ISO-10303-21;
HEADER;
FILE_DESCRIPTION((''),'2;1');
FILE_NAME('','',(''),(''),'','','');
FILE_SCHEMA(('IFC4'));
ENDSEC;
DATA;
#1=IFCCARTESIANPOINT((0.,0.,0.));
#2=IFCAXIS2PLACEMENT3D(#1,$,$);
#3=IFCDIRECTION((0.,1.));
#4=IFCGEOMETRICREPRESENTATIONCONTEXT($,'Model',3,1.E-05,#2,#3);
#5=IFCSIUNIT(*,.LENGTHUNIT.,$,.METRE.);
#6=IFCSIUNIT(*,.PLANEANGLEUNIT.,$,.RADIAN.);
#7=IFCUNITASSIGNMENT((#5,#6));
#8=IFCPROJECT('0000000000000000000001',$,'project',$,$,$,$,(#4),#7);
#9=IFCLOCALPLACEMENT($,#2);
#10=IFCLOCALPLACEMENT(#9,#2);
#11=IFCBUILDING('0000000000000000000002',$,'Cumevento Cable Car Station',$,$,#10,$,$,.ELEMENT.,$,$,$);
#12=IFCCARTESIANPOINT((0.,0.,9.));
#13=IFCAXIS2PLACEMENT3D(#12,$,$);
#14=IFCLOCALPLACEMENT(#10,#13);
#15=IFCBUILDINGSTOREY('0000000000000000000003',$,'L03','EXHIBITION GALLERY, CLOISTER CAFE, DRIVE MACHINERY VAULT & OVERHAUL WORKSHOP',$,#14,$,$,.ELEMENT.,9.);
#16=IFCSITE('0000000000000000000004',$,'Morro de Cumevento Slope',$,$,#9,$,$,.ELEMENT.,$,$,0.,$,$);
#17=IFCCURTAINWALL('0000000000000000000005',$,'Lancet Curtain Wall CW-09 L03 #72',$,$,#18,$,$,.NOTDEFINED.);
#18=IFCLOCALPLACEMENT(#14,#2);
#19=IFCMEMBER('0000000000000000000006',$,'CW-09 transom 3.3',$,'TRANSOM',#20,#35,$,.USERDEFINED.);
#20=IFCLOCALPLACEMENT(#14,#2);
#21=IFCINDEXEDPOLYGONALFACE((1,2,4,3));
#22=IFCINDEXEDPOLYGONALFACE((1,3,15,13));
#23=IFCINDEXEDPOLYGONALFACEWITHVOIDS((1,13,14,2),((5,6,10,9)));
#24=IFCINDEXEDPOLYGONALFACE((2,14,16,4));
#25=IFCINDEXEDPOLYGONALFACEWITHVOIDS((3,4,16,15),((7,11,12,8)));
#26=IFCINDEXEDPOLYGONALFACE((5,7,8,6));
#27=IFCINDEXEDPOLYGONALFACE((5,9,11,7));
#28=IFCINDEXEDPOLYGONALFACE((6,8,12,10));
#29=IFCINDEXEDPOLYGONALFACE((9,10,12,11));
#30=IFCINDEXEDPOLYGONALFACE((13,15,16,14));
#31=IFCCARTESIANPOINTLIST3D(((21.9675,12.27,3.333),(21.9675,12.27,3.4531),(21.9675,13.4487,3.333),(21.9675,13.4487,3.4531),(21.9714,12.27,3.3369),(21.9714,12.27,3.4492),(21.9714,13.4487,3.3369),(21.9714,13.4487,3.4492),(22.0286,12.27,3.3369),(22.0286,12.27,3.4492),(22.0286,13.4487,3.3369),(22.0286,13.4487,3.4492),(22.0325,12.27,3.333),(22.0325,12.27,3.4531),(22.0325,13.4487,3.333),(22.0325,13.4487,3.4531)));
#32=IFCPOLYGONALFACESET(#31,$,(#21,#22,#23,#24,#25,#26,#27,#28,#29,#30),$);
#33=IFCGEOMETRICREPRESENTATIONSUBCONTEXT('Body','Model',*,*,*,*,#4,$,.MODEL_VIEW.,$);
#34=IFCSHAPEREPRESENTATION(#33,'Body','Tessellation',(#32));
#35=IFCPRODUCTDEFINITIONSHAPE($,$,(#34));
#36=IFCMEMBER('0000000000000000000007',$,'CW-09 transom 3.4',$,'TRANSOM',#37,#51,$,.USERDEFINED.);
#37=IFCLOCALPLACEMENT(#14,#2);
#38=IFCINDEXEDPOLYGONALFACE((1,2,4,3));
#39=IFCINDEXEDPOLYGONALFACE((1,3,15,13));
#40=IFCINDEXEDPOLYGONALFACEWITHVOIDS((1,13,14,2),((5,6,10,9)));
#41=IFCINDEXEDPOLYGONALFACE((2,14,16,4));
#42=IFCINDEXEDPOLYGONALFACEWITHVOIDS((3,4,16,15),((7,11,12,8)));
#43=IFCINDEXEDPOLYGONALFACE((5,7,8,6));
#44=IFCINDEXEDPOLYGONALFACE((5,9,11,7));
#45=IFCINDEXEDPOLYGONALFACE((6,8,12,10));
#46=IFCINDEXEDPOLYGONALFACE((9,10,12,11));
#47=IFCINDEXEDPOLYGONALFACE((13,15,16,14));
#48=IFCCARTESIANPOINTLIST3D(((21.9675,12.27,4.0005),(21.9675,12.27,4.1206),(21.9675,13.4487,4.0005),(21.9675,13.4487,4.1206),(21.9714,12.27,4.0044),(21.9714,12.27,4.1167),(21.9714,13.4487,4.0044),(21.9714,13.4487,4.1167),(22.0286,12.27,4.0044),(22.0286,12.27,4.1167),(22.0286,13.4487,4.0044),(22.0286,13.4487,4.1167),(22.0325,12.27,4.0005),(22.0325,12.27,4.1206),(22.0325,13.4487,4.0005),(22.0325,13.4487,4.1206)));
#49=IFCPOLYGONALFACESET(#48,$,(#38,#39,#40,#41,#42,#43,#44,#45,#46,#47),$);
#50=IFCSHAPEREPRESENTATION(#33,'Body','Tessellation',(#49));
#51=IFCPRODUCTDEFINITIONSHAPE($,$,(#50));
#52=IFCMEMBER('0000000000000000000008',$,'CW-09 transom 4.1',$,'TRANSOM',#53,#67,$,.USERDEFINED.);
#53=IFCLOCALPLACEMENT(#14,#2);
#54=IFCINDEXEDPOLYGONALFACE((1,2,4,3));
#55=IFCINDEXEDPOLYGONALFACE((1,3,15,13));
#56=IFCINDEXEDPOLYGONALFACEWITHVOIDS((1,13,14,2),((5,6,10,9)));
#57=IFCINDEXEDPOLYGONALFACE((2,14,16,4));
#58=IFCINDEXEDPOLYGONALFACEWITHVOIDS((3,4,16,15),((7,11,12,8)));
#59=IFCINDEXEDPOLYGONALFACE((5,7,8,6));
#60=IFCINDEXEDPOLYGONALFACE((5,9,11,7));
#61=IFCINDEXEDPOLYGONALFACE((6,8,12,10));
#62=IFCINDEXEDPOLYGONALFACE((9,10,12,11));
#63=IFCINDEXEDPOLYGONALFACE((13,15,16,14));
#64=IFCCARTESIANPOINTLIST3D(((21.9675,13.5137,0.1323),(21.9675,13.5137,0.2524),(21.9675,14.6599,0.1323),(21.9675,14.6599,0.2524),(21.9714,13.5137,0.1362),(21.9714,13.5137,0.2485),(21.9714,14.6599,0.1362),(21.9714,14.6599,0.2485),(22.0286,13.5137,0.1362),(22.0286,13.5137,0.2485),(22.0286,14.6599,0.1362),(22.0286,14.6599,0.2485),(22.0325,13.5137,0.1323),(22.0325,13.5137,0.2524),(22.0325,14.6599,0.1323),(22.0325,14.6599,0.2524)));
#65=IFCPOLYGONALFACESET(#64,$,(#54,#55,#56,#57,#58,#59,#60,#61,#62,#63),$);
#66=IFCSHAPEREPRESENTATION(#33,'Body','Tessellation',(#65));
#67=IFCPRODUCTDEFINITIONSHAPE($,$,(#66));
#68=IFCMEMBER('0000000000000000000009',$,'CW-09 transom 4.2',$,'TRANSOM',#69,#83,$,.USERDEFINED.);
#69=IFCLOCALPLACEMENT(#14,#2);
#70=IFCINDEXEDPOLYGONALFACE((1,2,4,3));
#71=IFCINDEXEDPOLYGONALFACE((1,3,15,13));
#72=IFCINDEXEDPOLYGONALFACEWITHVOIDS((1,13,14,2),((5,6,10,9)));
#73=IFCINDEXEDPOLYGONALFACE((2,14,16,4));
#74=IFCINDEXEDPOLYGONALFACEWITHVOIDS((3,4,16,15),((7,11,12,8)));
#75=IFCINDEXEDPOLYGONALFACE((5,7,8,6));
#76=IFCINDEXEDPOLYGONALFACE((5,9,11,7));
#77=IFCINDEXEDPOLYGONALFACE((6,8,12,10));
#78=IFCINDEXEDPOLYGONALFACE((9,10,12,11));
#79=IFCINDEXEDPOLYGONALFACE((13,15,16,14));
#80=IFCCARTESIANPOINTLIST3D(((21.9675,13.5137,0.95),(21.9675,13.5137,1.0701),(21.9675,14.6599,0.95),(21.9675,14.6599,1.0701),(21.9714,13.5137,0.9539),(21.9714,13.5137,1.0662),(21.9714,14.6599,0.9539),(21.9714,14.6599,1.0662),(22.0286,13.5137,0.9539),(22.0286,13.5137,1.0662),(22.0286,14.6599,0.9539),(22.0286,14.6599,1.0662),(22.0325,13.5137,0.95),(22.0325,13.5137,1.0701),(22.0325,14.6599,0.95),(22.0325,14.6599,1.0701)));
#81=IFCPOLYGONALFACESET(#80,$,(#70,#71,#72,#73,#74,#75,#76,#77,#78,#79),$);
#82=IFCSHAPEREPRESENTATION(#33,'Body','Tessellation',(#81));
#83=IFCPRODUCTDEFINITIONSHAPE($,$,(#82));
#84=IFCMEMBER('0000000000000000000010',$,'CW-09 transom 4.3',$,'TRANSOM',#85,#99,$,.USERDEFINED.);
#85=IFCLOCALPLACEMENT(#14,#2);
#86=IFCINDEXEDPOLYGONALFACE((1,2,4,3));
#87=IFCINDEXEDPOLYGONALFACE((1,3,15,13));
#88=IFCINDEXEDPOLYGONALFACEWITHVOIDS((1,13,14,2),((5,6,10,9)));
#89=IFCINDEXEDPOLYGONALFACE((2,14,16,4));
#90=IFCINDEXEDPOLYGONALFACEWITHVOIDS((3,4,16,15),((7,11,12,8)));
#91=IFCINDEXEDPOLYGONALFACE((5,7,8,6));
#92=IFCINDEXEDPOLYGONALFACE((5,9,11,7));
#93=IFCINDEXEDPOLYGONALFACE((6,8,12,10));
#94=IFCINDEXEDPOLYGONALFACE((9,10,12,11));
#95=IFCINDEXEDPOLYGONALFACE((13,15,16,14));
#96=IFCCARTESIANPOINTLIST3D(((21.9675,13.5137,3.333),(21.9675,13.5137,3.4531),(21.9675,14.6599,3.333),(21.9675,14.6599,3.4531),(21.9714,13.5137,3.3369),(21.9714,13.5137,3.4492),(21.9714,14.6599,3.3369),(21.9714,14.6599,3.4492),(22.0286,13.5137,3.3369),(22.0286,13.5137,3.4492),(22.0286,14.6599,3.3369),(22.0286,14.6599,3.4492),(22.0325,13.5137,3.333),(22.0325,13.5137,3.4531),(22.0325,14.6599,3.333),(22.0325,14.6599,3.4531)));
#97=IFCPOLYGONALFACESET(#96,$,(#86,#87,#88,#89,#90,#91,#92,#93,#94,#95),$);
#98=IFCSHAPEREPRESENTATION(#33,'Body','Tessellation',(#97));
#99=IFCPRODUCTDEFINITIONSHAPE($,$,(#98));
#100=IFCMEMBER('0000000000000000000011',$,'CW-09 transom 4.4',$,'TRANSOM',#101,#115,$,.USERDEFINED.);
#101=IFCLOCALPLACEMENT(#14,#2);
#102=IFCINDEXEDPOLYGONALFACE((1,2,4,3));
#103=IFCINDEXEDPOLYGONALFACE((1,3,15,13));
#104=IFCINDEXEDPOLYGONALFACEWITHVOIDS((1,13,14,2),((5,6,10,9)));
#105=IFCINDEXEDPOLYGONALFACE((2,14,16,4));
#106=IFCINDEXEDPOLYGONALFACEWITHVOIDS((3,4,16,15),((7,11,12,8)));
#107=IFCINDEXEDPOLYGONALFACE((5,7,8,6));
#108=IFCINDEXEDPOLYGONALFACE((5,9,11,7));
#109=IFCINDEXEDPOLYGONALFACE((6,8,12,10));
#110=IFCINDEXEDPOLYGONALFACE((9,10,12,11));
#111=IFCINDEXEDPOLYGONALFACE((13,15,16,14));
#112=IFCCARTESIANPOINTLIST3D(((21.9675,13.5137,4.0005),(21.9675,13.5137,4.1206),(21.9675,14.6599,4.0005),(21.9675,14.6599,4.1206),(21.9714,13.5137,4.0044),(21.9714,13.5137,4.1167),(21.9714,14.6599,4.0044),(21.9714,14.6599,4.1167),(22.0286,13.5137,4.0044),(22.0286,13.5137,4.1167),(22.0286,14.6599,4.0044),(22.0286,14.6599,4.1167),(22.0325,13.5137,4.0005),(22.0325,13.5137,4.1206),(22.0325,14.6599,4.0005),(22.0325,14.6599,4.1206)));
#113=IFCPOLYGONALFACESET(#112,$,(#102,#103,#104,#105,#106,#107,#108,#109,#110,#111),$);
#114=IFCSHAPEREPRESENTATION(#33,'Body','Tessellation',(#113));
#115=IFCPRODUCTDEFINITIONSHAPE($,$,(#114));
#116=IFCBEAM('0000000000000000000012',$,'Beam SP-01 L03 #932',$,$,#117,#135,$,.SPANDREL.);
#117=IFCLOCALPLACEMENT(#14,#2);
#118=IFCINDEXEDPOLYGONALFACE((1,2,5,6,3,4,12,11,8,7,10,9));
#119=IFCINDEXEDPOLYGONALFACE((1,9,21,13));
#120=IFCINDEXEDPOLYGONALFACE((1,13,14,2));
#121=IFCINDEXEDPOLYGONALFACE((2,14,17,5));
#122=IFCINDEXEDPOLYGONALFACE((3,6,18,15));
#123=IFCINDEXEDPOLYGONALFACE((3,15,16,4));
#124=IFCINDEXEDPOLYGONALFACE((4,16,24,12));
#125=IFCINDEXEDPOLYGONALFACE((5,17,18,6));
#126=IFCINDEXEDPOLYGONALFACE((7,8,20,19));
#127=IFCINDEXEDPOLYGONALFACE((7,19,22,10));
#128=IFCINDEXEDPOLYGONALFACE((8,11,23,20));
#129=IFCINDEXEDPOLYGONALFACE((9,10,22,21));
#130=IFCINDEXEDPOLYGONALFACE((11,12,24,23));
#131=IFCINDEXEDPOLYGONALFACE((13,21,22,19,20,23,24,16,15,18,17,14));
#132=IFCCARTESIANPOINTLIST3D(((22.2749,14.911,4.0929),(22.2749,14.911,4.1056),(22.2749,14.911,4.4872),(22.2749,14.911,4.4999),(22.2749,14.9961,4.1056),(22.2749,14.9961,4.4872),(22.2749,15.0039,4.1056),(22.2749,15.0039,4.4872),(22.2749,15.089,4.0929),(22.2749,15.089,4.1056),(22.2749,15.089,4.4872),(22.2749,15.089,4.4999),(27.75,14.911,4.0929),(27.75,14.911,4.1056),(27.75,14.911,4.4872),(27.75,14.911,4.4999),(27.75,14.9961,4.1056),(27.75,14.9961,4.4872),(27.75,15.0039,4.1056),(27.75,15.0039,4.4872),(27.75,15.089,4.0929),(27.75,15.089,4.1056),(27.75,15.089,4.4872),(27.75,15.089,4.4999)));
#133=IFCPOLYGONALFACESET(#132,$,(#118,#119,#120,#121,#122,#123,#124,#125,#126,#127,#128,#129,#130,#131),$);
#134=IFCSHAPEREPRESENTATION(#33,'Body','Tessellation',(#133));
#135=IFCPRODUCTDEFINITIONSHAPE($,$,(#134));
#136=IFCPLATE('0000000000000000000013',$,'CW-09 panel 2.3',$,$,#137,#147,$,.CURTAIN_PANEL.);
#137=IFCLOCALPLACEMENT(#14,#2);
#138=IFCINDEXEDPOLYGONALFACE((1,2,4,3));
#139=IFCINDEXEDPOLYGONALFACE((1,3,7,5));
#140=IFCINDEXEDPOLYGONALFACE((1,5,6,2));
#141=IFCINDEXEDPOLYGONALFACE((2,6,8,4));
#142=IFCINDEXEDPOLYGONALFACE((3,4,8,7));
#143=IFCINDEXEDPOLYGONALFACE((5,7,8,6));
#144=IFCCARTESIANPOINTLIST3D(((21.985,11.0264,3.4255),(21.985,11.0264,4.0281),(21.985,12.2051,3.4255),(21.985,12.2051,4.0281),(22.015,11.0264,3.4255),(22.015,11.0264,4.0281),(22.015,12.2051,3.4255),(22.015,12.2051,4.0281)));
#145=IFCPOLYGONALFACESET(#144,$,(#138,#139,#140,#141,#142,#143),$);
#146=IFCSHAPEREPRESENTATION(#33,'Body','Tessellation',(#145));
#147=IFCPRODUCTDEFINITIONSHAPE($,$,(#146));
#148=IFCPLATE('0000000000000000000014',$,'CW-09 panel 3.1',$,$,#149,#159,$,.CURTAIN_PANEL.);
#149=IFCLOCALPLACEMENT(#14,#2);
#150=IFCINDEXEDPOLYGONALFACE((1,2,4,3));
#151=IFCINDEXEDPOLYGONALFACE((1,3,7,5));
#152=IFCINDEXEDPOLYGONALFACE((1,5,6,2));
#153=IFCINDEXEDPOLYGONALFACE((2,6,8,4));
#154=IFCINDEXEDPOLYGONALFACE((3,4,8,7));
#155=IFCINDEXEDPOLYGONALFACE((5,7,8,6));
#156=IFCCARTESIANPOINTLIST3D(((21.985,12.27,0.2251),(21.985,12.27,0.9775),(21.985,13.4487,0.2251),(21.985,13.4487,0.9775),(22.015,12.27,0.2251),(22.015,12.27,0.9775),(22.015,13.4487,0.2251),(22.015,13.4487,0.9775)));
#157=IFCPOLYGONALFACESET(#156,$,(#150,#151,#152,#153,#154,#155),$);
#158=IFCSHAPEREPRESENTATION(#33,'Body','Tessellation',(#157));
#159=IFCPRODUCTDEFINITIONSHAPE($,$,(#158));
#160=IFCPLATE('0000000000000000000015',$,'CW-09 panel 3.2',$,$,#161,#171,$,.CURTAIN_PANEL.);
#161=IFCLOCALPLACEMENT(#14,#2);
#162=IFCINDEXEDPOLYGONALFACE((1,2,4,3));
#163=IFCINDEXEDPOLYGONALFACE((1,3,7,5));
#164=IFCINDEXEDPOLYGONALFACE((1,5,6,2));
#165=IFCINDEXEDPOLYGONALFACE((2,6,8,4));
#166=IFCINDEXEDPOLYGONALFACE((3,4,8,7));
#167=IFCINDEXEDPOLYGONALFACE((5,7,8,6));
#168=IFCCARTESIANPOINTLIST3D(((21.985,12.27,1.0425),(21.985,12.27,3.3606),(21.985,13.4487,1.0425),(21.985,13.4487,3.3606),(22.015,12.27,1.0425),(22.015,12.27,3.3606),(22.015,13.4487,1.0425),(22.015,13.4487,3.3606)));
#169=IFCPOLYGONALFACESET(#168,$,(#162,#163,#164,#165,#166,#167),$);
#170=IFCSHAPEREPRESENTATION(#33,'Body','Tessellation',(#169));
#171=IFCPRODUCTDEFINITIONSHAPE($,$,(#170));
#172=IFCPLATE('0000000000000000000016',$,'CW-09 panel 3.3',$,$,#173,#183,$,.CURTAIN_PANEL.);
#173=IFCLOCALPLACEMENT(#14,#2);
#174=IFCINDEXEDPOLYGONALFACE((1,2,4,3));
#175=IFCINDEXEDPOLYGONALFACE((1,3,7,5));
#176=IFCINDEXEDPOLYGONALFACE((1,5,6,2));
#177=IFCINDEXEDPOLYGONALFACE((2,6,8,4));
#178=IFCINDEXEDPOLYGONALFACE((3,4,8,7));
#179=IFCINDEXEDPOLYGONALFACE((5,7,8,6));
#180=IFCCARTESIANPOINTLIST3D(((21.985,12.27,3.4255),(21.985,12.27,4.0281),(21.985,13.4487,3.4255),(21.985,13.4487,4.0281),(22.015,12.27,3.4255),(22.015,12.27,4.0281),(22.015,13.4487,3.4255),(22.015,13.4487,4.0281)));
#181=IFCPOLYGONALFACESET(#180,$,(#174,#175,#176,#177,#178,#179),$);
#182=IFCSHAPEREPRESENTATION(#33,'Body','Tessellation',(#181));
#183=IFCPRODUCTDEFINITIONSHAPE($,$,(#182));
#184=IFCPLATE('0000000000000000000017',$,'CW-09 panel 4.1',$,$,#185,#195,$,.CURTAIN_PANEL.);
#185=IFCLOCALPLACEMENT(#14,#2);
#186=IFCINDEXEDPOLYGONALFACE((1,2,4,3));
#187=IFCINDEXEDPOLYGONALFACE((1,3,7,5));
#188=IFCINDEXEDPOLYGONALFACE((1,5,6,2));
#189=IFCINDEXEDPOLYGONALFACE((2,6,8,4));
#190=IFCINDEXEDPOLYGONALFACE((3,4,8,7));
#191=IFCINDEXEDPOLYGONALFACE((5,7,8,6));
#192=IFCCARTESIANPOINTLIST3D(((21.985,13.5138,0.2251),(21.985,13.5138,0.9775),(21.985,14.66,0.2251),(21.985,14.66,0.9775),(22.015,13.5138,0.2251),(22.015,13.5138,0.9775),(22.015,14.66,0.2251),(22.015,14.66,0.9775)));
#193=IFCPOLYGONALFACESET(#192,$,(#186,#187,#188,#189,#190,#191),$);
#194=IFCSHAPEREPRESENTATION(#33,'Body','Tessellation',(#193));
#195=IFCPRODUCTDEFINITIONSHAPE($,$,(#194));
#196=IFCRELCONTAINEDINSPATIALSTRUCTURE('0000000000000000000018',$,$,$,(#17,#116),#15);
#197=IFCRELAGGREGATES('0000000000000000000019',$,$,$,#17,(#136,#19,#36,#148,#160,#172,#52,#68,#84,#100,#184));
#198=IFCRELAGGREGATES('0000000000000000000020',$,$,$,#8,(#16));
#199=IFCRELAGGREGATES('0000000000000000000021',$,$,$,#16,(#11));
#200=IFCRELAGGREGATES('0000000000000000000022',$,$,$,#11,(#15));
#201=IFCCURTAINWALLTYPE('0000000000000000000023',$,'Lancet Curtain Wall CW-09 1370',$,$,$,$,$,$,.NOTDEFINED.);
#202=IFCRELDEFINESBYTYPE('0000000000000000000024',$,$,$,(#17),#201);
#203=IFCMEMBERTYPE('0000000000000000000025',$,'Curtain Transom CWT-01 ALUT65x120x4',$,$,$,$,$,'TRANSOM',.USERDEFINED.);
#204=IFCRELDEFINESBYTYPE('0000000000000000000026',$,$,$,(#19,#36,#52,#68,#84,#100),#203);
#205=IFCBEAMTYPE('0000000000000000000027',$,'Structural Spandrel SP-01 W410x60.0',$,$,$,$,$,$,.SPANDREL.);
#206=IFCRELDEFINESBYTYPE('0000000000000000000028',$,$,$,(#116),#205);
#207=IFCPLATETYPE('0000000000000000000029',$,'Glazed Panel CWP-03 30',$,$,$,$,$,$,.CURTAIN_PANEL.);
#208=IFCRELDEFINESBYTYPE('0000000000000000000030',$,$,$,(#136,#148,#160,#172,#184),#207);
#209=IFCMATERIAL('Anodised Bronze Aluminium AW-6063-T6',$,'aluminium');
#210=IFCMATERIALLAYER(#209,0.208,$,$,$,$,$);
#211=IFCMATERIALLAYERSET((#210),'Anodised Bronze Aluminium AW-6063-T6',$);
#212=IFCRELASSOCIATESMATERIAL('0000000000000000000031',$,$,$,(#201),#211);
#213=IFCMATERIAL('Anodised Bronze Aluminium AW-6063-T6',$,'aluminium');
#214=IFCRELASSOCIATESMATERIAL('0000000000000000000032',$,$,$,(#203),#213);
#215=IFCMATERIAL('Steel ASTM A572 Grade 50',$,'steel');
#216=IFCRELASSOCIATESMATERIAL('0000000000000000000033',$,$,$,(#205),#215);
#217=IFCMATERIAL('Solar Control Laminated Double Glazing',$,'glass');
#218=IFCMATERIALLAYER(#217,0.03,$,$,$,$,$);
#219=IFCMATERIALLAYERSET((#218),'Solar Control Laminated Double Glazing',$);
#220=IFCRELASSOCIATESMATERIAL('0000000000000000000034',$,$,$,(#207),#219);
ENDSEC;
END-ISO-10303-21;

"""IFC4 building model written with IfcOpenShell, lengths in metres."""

from ifc_helpers import new_model, si_unit, direction, frame, origin, origin_2d, place, context, subcontext, project, spatial, rectangle, hollow_rectangle, i_section, extrude, material, layer, layer_set, material_profile, profile_set, type_object, element, aggregate, save


model = new_model("IFC4")

# Units and contexts
model_context = context("Model", 3, precision=1e-05, world=origin(), true_north=direction((0.0, 1.0)))
body_context = subcontext(model_context, "Body", "Model", "MODEL_VIEW")
ifc_project = project(units=[si_unit("LENGTHUNIT", "METRE"), si_unit("PLANEANGLEUNIT", "RADIAN")], contexts=[model_context])

# Site, building, storey
site_placement = place(None, origin())
site = spatial("IfcSite", under=ifc_project, at=site_placement, Name="Morro de Cumevento Slope", CompositionType="ELEMENT", RefElevation=0.0)
building_placement = place(site_placement, origin())
building = spatial("IfcBuilding", under=site, at=building_placement, Name="Cumevento Cable Car Station", CompositionType="ELEMENT")
storey_placement = place(building_placement, frame((0.0, 0.0, 9.0)))
storey = spatial("IfcBuildingStorey", under=building, at=storey_placement, Name="L03", Description="EXHIBITION GALLERY, CLOISTER CAFE, DRIVE MACHINERY VAULT & OVERHAUL WORKSHOP", CompositionType="ELEMENT", Elevation=9.0)

# Curtain wall
ifc_material_1 = material(Name="Anodised Bronze Aluminium AW-6063-T6", Category="aluminium")
ifc_layer_1 = layer(ifc_material_1, 0.208)
ifc_layer_set_1 = layer_set([ifc_layer_1], Name="Anodised Bronze Aluminium AW-6063-T6")
curtain_wall_type_1 = type_object("IfcCurtainWallType", Name="Lancet Curtain Wall CW-09 1370", PredefinedType="NOTDEFINED", material=ifc_layer_set_1)
curtain_wall_1_placement = place(storey_placement, origin())
curtain_wall_1 = element("IfcCurtainWall", 1, at=curtain_wall_1_placement, inside=storey, type_object=curtain_wall_type_1, Name="Lancet Curtain Wall CW-09 L03 #72", PredefinedType="NOTDEFINED")

# Members
ifc_material_2 = material(Name="Anodised Bronze Aluminium AW-6063-T6", Category="aluminium")
ifc_material_profile_1 = material_profile(ifc_material_2, hollow_rectangle(XDim=0.0649, YDim=0.1201, WallThickness=0.0039, at=origin_2d()), Name="ALUT65x120x4")
ifc_profile_set_1 = profile_set([ifc_material_profile_1], Name="Anodised Bronze Aluminium AW-6063-T6")
member_type_1 = type_object("IfcMemberType", Name="Curtain Transom CWT-01 ALUT65x120x4", ElementType="TRANSOM", PredefinedType="USERDEFINED", material=ifc_profile_set_1)
member_1_placement = place(storey_placement, frame((22.0, 12.27, 3.3931), z_axis=(0.0, 1.0, 0.0), x_axis=(-1.0, 0.0, 0.0)))
member_1 = element("IfcMember", 2, at=member_1_placement, type_object=member_type_1, Name="CW-09 transom 3.3", ObjectType="TRANSOM", PredefinedType="USERDEFINED", context=body_context, shape_type="SweptSolid", body=[
    extrude(hollow_rectangle(XDim=0.0649, YDim=0.1201, WallThickness=0.0039, at=origin_2d()), origin(), (0.0, 0.0, 1.0), 1.1787),
])
member_2_placement = place(storey_placement, frame((22.0, 12.27, 4.0605), z_axis=(0.0, 1.0, 0.0), x_axis=(-1.0, 0.0, 0.0)))
member_2 = element("IfcMember", 3, at=member_2_placement, type_object=member_type_1, Name="CW-09 transom 3.4", ObjectType="TRANSOM", PredefinedType="USERDEFINED", context=body_context, shape_type="SweptSolid", body=[
    extrude(hollow_rectangle(XDim=0.0649, YDim=0.1201, WallThickness=0.0039, at=origin_2d()), origin(), (0.0, 0.0, 1.0), 1.1787),
])
member_3_placement = place(storey_placement, frame((22.0, 13.5137, 0.1924), z_axis=(0.0, 1.0, 0.0), x_axis=(-1.0, 0.0, 0.0)))
member_3 = element("IfcMember", 4, at=member_3_placement, type_object=member_type_1, Name="CW-09 transom 4.1", ObjectType="TRANSOM", PredefinedType="USERDEFINED", context=body_context, shape_type="SweptSolid", body=[
    extrude(hollow_rectangle(XDim=0.0649, YDim=0.1201, WallThickness=0.0039, at=origin_2d()), origin(), (0.0, 0.0, 1.0), 1.1462),
])
member_4_placement = place(storey_placement, frame((22.0, 13.5137, 1.01), z_axis=(0.0, 1.0, 0.0), x_axis=(-1.0, 0.0, 0.0)))
member_4 = element("IfcMember", 5, at=member_4_placement, type_object=member_type_1, Name="CW-09 transom 4.2", ObjectType="TRANSOM", PredefinedType="USERDEFINED", context=body_context, shape_type="SweptSolid", body=[
    extrude(hollow_rectangle(XDim=0.0649, YDim=0.1201, WallThickness=0.0039, at=origin_2d()), origin(), (0.0, 0.0, 1.0), 1.1462),
])
member_5_placement = place(storey_placement, frame((22.0, 13.5137, 3.3931), z_axis=(0.0, 1.0, 0.0), x_axis=(-1.0, 0.0, 0.0)))
member_5 = element("IfcMember", 6, at=member_5_placement, type_object=member_type_1, Name="CW-09 transom 4.3", ObjectType="TRANSOM", PredefinedType="USERDEFINED", context=body_context, shape_type="SweptSolid", body=[
    extrude(hollow_rectangle(XDim=0.0649, YDim=0.1201, WallThickness=0.0039, at=origin_2d()), origin(), (0.0, 0.0, 1.0), 1.1462),
])
member_6_placement = place(storey_placement, frame((22.0, 13.5137, 4.0605), z_axis=(0.0, 1.0, 0.0), x_axis=(-1.0, 0.0, 0.0)))
member_6 = element("IfcMember", 7, at=member_6_placement, type_object=member_type_1, Name="CW-09 transom 4.4", ObjectType="TRANSOM", PredefinedType="USERDEFINED", context=body_context, shape_type="SweptSolid", body=[
    extrude(hollow_rectangle(XDim=0.0649, YDim=0.1201, WallThickness=0.0039, at=origin_2d()), origin(), (0.0, 0.0, 1.0), 1.1462),
])

# Beam
ifc_material_3 = material(Name="Steel ASTM A572 Grade 50", Category="steel")
ifc_material_profile_2 = material_profile(ifc_material_3, i_section(OverallWidth=0.178, OverallDepth=0.407, WebThickness=0.0078, FlangeThickness=0.0127, at=origin_2d()), Name="W410x60.0")
ifc_profile_set_2 = profile_set([ifc_material_profile_2], Name="Steel ASTM A572 Grade 50")
beam_type = type_object("IfcBeamType", Name="Structural Spandrel SP-01 W410x60.0", PredefinedType="SPANDREL", material=ifc_profile_set_2)
beam_placement = place(storey_placement, frame((22.2749, 15.0, 4.2964), z_axis=(1.0, 0.0, 0.0), x_axis=(0.0, 1.0, 0.0)))
element("IfcBeam", 8, at=beam_placement, inside=storey, type_object=beam_type, Name="Beam SP-01 L03 #932", PredefinedType="SPANDREL", context=body_context, shape_type="SweptSolid", body=[
    extrude(i_section(OverallWidth=0.178, OverallDepth=0.407, WebThickness=0.0078, FlangeThickness=0.0127, at=origin_2d()), origin(), (0.0, 0.0, 1.0), 5.4751),
])

# Plates
ifc_material_4 = material(Name="Solar Control Laminated Double Glazing", Category="glass")
ifc_layer_2 = layer(ifc_material_4, 0.03)
ifc_layer_set_2 = layer_set([ifc_layer_2], Name="Solar Control Laminated Double Glazing")
plate_type = type_object("IfcPlateType", Name="Glazed Panel CWP-03 30", PredefinedType="CURTAIN_PANEL", material=ifc_layer_set_2)
plate_1_placement = place(storey_placement, frame((22.0, 11.6157, 3.4255), z_axis=(0.0, 0.0, 1.0), x_axis=(0.0, 1.0, 0.0)))
plate_1 = element("IfcPlate", 9, at=plate_1_placement, type_object=plate_type, Name="CW-09 panel 2.3", PredefinedType="CURTAIN_PANEL", context=body_context, shape_type="SweptSolid", body=[
    extrude(rectangle(XDim=1.1787, YDim=0.03, at=origin_2d()), origin(), (0.0, 0.0, 1.0), 0.6025),
])
plate_2_placement = place(storey_placement, frame((22.0, 12.8594, 0.2251), z_axis=(0.0, 0.0, 1.0), x_axis=(0.0, 1.0, 0.0)))
plate_2 = element("IfcPlate", 10, at=plate_2_placement, type_object=plate_type, Name="CW-09 panel 3.1", PredefinedType="CURTAIN_PANEL", context=body_context, shape_type="SweptSolid", body=[
    extrude(rectangle(XDim=1.1787, YDim=0.03, at=origin_2d()), origin(), (0.0, 0.0, 1.0), 0.7524),
])
plate_3_placement = place(storey_placement, frame((22.0, 12.8594, 1.0425), z_axis=(0.0, 0.0, 1.0), x_axis=(0.0, 1.0, 0.0)))
plate_3 = element("IfcPlate", 11, at=plate_3_placement, type_object=plate_type, Name="CW-09 panel 3.2", PredefinedType="CURTAIN_PANEL", context=body_context, shape_type="SweptSolid", body=[
    extrude(rectangle(XDim=1.1787, YDim=0.03, at=origin_2d()), origin(), (0.0, 0.0, 1.0), 2.3181),
])
plate_4_placement = place(storey_placement, frame((22.0, 12.8594, 3.4255), z_axis=(0.0, 0.0, 1.0), x_axis=(0.0, 1.0, 0.0)))
plate_4 = element("IfcPlate", 12, at=plate_4_placement, type_object=plate_type, Name="CW-09 panel 3.3", PredefinedType="CURTAIN_PANEL", context=body_context, shape_type="SweptSolid", body=[
    extrude(rectangle(XDim=1.1787, YDim=0.03, at=origin_2d()), origin(), (0.0, 0.0, 1.0), 0.6025),
])
plate_5_placement = place(storey_placement, frame((22.0, 14.0869, 0.2251), z_axis=(0.0, 0.0, 1.0), x_axis=(0.0, 1.0, 0.0)))
plate_5 = element("IfcPlate", 13, at=plate_5_placement, type_object=plate_type, Name="CW-09 panel 4.1", PredefinedType="CURTAIN_PANEL", context=body_context, shape_type="SweptSolid", body=[
    extrude(rectangle(XDim=1.1462, YDim=0.03, at=origin_2d()), origin(), (0.0, 0.0, 1.0), 0.7524),
])
aggregate(curtain_wall_1, [plate_1, member_1, member_2, plate_2, plate_3, plate_4, member_3, member_4, member_5, member_6, plate_5])

save(model, "model.ifc")
